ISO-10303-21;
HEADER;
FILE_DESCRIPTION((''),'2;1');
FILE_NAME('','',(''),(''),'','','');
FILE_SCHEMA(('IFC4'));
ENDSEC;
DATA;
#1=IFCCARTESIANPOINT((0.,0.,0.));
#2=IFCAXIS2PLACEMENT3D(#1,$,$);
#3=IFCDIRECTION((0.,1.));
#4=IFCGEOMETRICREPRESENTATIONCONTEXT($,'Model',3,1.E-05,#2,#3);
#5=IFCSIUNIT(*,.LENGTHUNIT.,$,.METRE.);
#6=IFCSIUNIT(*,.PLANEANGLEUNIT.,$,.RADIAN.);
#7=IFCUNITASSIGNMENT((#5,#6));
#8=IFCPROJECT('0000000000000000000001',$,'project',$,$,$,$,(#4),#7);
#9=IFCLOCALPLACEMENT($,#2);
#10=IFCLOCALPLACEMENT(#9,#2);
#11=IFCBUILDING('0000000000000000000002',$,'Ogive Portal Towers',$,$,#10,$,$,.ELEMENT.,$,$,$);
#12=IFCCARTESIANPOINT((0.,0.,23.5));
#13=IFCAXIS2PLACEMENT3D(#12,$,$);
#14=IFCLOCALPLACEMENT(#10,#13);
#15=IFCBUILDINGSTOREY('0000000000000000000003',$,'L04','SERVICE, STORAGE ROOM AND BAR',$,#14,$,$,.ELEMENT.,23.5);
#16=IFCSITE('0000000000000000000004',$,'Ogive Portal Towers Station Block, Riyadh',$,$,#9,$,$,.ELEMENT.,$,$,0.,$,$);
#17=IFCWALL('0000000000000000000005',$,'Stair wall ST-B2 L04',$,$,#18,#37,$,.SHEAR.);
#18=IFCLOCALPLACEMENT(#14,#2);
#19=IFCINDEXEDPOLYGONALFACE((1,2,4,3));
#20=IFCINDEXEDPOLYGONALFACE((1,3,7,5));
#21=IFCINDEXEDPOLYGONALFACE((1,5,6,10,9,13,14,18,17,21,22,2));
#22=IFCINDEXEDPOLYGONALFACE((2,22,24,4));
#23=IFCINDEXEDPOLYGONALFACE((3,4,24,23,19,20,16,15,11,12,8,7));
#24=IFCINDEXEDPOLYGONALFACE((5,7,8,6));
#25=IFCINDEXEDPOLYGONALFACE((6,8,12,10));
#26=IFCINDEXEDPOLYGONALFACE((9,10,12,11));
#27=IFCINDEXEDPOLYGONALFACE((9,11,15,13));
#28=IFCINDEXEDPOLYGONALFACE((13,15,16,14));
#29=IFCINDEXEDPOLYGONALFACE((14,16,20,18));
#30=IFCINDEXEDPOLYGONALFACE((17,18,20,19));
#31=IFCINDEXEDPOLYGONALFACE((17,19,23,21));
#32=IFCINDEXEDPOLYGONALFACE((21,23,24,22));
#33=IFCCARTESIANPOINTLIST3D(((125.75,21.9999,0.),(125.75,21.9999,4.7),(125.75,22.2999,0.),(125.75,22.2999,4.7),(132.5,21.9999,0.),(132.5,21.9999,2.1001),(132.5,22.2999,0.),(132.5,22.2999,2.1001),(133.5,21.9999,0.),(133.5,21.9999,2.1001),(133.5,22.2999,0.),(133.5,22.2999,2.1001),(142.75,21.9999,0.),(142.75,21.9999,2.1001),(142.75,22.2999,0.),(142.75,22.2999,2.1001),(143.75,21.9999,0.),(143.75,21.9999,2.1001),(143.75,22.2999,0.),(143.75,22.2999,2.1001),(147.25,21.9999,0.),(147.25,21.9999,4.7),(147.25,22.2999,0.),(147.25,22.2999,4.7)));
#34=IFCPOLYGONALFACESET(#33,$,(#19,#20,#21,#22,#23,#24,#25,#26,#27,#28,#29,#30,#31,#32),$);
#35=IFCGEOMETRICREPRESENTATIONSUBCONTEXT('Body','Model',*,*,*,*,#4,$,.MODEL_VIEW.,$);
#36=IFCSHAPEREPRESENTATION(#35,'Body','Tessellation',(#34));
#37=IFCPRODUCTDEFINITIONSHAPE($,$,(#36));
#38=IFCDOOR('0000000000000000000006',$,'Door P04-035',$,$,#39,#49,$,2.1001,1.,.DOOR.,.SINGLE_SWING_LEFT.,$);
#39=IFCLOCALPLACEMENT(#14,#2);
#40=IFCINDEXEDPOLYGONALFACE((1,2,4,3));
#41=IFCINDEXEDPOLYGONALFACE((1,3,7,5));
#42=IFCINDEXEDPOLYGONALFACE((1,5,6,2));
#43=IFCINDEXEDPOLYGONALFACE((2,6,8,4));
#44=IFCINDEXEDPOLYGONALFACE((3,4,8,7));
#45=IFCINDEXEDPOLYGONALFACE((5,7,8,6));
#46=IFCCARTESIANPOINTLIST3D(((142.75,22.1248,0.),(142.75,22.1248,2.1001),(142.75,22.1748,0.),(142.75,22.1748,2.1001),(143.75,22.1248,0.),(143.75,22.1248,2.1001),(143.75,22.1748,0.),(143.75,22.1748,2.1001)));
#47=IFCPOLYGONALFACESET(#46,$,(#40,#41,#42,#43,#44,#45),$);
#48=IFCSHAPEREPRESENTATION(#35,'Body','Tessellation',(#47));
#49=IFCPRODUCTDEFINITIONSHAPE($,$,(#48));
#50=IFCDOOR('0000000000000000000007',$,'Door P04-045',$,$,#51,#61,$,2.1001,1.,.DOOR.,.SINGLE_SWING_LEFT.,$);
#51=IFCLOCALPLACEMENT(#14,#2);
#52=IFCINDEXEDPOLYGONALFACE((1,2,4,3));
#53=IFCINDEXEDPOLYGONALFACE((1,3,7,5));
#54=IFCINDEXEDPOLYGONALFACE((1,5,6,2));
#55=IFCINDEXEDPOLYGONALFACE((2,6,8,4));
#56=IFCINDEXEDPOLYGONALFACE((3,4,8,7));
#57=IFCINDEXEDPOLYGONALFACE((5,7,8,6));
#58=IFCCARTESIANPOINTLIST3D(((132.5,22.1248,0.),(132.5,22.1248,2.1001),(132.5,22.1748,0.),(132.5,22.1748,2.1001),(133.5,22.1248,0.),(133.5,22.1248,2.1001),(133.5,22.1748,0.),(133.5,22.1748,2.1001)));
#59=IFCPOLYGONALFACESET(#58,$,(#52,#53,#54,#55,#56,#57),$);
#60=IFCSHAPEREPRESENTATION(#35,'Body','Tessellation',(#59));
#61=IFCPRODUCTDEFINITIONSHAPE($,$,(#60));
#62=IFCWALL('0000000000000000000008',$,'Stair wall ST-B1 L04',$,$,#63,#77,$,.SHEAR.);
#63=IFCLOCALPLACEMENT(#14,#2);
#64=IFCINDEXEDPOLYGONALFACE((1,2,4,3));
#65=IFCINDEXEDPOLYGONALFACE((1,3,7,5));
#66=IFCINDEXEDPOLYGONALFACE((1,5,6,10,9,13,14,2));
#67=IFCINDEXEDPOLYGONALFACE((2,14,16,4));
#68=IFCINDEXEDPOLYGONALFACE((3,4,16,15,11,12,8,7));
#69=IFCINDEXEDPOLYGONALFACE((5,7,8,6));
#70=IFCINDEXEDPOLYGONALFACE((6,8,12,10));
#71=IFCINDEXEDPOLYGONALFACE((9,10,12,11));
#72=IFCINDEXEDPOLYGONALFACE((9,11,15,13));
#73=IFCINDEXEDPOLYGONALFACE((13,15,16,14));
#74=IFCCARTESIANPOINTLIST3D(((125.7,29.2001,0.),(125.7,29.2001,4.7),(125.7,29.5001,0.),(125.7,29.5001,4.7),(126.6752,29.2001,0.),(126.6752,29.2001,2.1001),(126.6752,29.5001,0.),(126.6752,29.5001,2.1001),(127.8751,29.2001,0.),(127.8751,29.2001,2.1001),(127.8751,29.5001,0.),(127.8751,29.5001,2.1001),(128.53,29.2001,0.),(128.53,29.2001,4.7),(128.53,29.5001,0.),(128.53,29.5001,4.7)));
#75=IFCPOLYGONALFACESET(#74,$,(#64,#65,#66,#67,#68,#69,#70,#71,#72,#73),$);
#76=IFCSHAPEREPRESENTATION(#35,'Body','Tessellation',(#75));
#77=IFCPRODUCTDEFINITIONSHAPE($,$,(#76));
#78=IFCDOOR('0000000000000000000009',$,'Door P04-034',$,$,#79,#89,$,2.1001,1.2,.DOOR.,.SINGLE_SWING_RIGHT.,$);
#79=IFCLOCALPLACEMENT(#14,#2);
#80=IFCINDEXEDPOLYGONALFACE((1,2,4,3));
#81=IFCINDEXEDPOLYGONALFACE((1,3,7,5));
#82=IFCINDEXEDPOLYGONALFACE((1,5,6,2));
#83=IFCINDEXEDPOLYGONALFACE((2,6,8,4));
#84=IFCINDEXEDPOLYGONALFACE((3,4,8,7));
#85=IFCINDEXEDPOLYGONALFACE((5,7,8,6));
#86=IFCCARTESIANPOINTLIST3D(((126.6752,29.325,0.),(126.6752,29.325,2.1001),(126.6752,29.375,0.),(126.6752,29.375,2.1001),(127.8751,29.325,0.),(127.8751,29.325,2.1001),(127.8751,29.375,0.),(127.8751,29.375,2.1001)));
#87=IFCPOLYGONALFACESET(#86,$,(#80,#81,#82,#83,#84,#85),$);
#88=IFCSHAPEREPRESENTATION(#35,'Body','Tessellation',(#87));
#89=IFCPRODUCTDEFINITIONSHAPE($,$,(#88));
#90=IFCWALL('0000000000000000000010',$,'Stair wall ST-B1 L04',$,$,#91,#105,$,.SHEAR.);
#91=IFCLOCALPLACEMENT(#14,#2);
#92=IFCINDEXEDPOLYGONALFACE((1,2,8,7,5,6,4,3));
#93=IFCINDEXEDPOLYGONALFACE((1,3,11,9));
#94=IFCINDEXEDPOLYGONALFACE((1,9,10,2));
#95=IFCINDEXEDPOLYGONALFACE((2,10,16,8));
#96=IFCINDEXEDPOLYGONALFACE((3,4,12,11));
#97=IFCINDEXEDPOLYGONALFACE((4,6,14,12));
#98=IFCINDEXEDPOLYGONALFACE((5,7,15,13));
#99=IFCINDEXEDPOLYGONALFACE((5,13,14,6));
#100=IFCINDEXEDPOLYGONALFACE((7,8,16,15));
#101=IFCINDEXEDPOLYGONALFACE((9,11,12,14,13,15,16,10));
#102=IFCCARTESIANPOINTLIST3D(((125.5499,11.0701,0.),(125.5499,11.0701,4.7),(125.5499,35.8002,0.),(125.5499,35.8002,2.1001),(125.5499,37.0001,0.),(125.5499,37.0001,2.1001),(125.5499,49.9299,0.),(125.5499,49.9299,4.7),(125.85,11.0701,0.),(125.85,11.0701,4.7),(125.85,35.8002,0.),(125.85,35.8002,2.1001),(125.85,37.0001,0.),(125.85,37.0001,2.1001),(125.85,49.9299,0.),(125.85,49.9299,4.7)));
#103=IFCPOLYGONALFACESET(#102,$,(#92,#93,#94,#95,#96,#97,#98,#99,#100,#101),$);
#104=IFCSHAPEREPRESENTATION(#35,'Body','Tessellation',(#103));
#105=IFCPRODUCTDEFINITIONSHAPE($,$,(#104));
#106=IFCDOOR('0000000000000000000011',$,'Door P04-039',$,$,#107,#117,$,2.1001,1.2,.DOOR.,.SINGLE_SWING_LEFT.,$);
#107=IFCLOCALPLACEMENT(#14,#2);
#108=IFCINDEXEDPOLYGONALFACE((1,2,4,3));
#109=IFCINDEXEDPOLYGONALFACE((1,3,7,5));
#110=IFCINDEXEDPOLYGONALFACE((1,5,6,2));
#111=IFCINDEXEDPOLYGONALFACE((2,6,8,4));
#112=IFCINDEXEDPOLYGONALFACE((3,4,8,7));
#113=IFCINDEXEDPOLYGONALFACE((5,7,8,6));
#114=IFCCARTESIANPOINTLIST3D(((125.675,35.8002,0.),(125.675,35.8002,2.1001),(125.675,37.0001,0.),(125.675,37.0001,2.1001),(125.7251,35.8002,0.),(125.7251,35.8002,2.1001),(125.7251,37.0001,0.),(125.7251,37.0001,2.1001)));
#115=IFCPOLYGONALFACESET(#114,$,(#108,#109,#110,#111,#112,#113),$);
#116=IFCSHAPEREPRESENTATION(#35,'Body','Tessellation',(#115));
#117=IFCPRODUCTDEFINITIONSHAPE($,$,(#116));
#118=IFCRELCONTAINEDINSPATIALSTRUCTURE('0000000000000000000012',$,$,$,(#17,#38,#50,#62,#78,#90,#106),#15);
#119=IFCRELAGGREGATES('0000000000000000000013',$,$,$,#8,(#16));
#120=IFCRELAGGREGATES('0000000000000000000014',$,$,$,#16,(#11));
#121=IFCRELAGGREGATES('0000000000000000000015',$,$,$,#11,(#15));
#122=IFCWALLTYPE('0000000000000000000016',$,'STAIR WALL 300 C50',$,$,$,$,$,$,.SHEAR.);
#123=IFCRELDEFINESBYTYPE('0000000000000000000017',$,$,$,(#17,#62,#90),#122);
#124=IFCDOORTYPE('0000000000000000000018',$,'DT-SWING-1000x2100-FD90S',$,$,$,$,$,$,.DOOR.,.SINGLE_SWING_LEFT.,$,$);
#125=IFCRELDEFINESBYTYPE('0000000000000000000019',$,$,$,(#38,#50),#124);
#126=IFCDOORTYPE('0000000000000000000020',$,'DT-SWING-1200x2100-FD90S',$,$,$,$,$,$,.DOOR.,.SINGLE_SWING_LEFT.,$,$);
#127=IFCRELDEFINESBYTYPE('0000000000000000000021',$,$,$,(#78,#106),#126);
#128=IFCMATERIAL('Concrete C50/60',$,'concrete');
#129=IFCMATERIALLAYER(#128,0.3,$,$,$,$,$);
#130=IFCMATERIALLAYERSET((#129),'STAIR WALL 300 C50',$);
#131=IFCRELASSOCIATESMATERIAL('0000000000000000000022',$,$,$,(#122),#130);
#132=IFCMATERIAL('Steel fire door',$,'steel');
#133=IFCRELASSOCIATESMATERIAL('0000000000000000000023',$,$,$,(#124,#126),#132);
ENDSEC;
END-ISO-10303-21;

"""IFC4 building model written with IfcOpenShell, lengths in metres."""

from ifc_helpers import new_model, si_unit, direction, frame, frame_2d, origin, place, context, subcontext, project, spatial, rectangle, extrude, material, layer, layer_set, type_object, element, fill, save


model = new_model("IFC4")

# Units and contexts
model_context = context("Model", 3, precision=1e-05, world=origin(), true_north=direction((0.0, 1.0)))
body_context = subcontext(model_context, "Body", "Model", "MODEL_VIEW")
ifc_project = project(units=[si_unit("LENGTHUNIT", "METRE"), si_unit("PLANEANGLEUNIT", "RADIAN")], contexts=[model_context])

# Site, building, storey
site_placement = place(None, origin())
site = spatial("IfcSite", under=ifc_project, at=site_placement, Name="Ogive Portal Towers Station Block, Riyadh", CompositionType="ELEMENT", RefElevation=0.0)
building_placement = place(site_placement, origin())
building = spatial("IfcBuilding", under=site, at=building_placement, Name="Ogive Portal Towers", CompositionType="ELEMENT")
storey_placement = place(building_placement, frame((0.0, 0.0, 23.5)))
storey = spatial("IfcBuildingStorey", under=building, at=storey_placement, Name="L04", Description="SERVICE, STORAGE ROOM AND BAR", CompositionType="ELEMENT", Elevation=23.5)

# Shared definitions
ifc_material_1 = material(Name="Concrete C50/60", Category="concrete")

# Wall, openings, doors
ifc_layer_1 = layer(ifc_material_1, 0.3)
ifc_layer_set_1 = layer_set([ifc_layer_1], Name="STAIR WALL 300 C50")
wall_type_1 = type_object("IfcWallType", Name="STAIR WALL 300 C50", PredefinedType="SHEAR", material=ifc_layer_set_1)
wall_1_placement = place(storey_placement, frame((125.75, 22.1499, 0.0), z_axis=(0.0, 0.0, 1.0), x_axis=(1.0, 0.0, 0.0)))
wall_1 = element("IfcWall", 1, at=wall_1_placement, inside=storey, type_object=wall_type_1, Name="Stair wall ST-B2 L04", PredefinedType="SHEAR", context=body_context, shape_type="SweptSolid", body=[
    extrude(rectangle(XDim=21.5, YDim=0.3, at=frame_2d((10.75, 0.0))), origin(), (0.0, 0.0, 1.0), 4.7),
])
opening_1_placement = place(wall_1_placement, frame((17.0, 0.0, 0.0)))
opening_1 = element("IfcOpeningElement", 2, at=opening_1_placement, cuts=wall_1, PredefinedType="OPENING", context=body_context, shape_type="SweptSolid", body=[
    extrude(rectangle(XDim=1.0, YDim=2.1001, at=frame_2d((0.5, 1.05))), frame((0.0, 0.1602, 0.0), z_axis=(0.0, -1.0, 0.0), x_axis=(1.0, 0.0, 0.0)), (0.0, 0.0, 1.0), 0.3201),
])
opening_2_placement = place(wall_1_placement, frame((6.75, 0.0, 0.0)))
opening_2 = element("IfcOpeningElement", 3, at=opening_2_placement, cuts=wall_1, PredefinedType="OPENING", context=body_context, shape_type="SweptSolid", body=[
    extrude(rectangle(XDim=1.0, YDim=2.1001, at=frame_2d((0.5, 1.05))), frame((0.0, 0.1602, 0.0), z_axis=(0.0, -1.0, 0.0), x_axis=(1.0, 0.0, 0.0)), (0.0, 0.0, 1.0), 0.3201),
])
ifc_material_2 = material(Name="Steel fire door", Category="steel")
door_type_1 = type_object("IfcDoorType", Name="DT-SWING-1000x2100-FD90S", OperationType="SINGLE_SWING_LEFT", PredefinedType="DOOR", material=ifc_material_2)
door_1_placement = place(opening_1_placement, origin())
door_1 = element("IfcDoor", 4, at=door_1_placement, inside=storey, type_object=door_type_1, Name="Door P04-035", OperationType="SINGLE_SWING_LEFT", OverallHeight=2.1001, OverallWidth=1.0, PredefinedType="DOOR", context=body_context, shape_type="SweptSolid", body=[
    extrude(rectangle(XDim=1.0, YDim=2.1001, at=frame_2d((0.5, 1.05))), frame((0.0, 0.0249, 0.0), z_axis=(0.0, -1.0, 0.0), x_axis=(1.0, 0.0, 0.0)), (0.0, 0.0, 1.0), 0.05),
])
fill(opening_1, door_1)
door_2_placement = place(opening_2_placement, origin())
door_2 = element("IfcDoor", 5, at=door_2_placement, inside=storey, type_object=door_type_1, Name="Door P04-045", OperationType="SINGLE_SWING_LEFT", OverallHeight=2.1001, OverallWidth=1.0, PredefinedType="DOOR", context=body_context, shape_type="SweptSolid", body=[
    extrude(rectangle(XDim=1.0, YDim=2.1001, at=frame_2d((0.5, 1.05))), frame((0.0, 0.0249, 0.0), z_axis=(0.0, -1.0, 0.0), x_axis=(1.0, 0.0, 0.0)), (0.0, 0.0, 1.0), 0.05),
])
fill(opening_2, door_2)

# Walls, openings, doors
wall_2_placement = place(storey_placement, frame((125.7, 29.3501, 0.0), z_axis=(0.0, 0.0, 1.0), x_axis=(1.0, 0.0, 0.0)))
wall_2 = element("IfcWall", 6, at=wall_2_placement, inside=storey, type_object=wall_type_1, Name="Stair wall ST-B1 L04", PredefinedType="SHEAR", context=body_context, shape_type="SweptSolid", body=[
    extrude(rectangle(XDim=2.8301, YDim=0.3, at=frame_2d((1.415, 0.0))), origin(), (0.0, 0.0, 1.0), 4.7),
])
opening_3_placement = place(wall_2_placement, frame((0.9751, 0.0, 0.0)))
opening_3 = element("IfcOpeningElement", 7, at=opening_3_placement, cuts=wall_2, PredefinedType="OPENING", context=body_context, shape_type="SweptSolid", body=[
    extrude(rectangle(XDim=1.2, YDim=2.1001, at=frame_2d((0.6001, 1.05))), frame((0.0, 0.1602, 0.0), z_axis=(0.0, -1.0, 0.0), x_axis=(1.0, 0.0, 0.0)), (0.0, 0.0, 1.0), 0.3201),
])
door_type_2 = type_object("IfcDoorType", Name="DT-SWING-1200x2100-FD90S", OperationType="SINGLE_SWING_LEFT", PredefinedType="DOOR", material=ifc_material_2)
door_3_placement = place(opening_3_placement, origin())
door_3 = element("IfcDoor", 8, at=door_3_placement, inside=storey, type_object=door_type_2, Name="Door P04-034", OperationType="SINGLE_SWING_RIGHT", OverallHeight=2.1001, OverallWidth=1.2, PredefinedType="DOOR", context=body_context, shape_type="SweptSolid", body=[
    extrude(rectangle(XDim=1.2, YDim=2.1001, at=frame_2d((0.6001, 1.05))), frame((0.0, 0.0249, 0.0), z_axis=(0.0, -1.0, 0.0), x_axis=(1.0, 0.0, 0.0)), (0.0, 0.0, 1.0), 0.05),
])
fill(opening_3, door_3)
wall_3_placement = place(storey_placement, frame((125.7, 11.0701, 0.0), z_axis=(0.0, 0.0, 1.0), x_axis=(0.0, 1.0, 0.0)))
wall_3 = element("IfcWall", 9, at=wall_3_placement, inside=storey, type_object=wall_type_1, Name="Stair wall ST-B1 L04", PredefinedType="SHEAR", context=body_context, shape_type="SweptSolid", body=[
    extrude(rectangle(XDim=38.8599, YDim=0.3, at=frame_2d((19.4299, 0.0))), origin(), (0.0, 0.0, 1.0), 4.7),
])
opening_4_placement = place(wall_3_placement, frame((24.73, 0.0, 0.0)))
opening_4 = element("IfcOpeningElement", 10, at=opening_4_placement, cuts=wall_3, PredefinedType="OPENING", context=body_context, shape_type="SweptSolid", body=[
    extrude(rectangle(XDim=1.2, YDim=2.1001, at=frame_2d((0.6001, 1.05))), frame((0.0, 0.1602, 0.0), z_axis=(0.0, -1.0, 0.0), x_axis=(1.0, 0.0, 0.0)), (0.0, 0.0, 1.0), 0.3201),
])
door_4_placement = place(opening_4_placement, origin())
door_4 = element("IfcDoor", 11, at=door_4_placement, inside=storey, type_object=door_type_2, Name="Door P04-039", OperationType="SINGLE_SWING_LEFT", OverallHeight=2.1001, OverallWidth=1.2, PredefinedType="DOOR", context=body_context, shape_type="SweptSolid", body=[
    extrude(rectangle(XDim=1.2, YDim=2.1001, at=frame_2d((0.6001, 1.05))), frame((0.0, 0.0249, 0.0), z_axis=(0.0, -1.0, 0.0), x_axis=(1.0, 0.0, 0.0)), (0.0, 0.0, 1.0), 0.05),
])
fill(opening_4, door_4)

save(model, "model.ifc")
